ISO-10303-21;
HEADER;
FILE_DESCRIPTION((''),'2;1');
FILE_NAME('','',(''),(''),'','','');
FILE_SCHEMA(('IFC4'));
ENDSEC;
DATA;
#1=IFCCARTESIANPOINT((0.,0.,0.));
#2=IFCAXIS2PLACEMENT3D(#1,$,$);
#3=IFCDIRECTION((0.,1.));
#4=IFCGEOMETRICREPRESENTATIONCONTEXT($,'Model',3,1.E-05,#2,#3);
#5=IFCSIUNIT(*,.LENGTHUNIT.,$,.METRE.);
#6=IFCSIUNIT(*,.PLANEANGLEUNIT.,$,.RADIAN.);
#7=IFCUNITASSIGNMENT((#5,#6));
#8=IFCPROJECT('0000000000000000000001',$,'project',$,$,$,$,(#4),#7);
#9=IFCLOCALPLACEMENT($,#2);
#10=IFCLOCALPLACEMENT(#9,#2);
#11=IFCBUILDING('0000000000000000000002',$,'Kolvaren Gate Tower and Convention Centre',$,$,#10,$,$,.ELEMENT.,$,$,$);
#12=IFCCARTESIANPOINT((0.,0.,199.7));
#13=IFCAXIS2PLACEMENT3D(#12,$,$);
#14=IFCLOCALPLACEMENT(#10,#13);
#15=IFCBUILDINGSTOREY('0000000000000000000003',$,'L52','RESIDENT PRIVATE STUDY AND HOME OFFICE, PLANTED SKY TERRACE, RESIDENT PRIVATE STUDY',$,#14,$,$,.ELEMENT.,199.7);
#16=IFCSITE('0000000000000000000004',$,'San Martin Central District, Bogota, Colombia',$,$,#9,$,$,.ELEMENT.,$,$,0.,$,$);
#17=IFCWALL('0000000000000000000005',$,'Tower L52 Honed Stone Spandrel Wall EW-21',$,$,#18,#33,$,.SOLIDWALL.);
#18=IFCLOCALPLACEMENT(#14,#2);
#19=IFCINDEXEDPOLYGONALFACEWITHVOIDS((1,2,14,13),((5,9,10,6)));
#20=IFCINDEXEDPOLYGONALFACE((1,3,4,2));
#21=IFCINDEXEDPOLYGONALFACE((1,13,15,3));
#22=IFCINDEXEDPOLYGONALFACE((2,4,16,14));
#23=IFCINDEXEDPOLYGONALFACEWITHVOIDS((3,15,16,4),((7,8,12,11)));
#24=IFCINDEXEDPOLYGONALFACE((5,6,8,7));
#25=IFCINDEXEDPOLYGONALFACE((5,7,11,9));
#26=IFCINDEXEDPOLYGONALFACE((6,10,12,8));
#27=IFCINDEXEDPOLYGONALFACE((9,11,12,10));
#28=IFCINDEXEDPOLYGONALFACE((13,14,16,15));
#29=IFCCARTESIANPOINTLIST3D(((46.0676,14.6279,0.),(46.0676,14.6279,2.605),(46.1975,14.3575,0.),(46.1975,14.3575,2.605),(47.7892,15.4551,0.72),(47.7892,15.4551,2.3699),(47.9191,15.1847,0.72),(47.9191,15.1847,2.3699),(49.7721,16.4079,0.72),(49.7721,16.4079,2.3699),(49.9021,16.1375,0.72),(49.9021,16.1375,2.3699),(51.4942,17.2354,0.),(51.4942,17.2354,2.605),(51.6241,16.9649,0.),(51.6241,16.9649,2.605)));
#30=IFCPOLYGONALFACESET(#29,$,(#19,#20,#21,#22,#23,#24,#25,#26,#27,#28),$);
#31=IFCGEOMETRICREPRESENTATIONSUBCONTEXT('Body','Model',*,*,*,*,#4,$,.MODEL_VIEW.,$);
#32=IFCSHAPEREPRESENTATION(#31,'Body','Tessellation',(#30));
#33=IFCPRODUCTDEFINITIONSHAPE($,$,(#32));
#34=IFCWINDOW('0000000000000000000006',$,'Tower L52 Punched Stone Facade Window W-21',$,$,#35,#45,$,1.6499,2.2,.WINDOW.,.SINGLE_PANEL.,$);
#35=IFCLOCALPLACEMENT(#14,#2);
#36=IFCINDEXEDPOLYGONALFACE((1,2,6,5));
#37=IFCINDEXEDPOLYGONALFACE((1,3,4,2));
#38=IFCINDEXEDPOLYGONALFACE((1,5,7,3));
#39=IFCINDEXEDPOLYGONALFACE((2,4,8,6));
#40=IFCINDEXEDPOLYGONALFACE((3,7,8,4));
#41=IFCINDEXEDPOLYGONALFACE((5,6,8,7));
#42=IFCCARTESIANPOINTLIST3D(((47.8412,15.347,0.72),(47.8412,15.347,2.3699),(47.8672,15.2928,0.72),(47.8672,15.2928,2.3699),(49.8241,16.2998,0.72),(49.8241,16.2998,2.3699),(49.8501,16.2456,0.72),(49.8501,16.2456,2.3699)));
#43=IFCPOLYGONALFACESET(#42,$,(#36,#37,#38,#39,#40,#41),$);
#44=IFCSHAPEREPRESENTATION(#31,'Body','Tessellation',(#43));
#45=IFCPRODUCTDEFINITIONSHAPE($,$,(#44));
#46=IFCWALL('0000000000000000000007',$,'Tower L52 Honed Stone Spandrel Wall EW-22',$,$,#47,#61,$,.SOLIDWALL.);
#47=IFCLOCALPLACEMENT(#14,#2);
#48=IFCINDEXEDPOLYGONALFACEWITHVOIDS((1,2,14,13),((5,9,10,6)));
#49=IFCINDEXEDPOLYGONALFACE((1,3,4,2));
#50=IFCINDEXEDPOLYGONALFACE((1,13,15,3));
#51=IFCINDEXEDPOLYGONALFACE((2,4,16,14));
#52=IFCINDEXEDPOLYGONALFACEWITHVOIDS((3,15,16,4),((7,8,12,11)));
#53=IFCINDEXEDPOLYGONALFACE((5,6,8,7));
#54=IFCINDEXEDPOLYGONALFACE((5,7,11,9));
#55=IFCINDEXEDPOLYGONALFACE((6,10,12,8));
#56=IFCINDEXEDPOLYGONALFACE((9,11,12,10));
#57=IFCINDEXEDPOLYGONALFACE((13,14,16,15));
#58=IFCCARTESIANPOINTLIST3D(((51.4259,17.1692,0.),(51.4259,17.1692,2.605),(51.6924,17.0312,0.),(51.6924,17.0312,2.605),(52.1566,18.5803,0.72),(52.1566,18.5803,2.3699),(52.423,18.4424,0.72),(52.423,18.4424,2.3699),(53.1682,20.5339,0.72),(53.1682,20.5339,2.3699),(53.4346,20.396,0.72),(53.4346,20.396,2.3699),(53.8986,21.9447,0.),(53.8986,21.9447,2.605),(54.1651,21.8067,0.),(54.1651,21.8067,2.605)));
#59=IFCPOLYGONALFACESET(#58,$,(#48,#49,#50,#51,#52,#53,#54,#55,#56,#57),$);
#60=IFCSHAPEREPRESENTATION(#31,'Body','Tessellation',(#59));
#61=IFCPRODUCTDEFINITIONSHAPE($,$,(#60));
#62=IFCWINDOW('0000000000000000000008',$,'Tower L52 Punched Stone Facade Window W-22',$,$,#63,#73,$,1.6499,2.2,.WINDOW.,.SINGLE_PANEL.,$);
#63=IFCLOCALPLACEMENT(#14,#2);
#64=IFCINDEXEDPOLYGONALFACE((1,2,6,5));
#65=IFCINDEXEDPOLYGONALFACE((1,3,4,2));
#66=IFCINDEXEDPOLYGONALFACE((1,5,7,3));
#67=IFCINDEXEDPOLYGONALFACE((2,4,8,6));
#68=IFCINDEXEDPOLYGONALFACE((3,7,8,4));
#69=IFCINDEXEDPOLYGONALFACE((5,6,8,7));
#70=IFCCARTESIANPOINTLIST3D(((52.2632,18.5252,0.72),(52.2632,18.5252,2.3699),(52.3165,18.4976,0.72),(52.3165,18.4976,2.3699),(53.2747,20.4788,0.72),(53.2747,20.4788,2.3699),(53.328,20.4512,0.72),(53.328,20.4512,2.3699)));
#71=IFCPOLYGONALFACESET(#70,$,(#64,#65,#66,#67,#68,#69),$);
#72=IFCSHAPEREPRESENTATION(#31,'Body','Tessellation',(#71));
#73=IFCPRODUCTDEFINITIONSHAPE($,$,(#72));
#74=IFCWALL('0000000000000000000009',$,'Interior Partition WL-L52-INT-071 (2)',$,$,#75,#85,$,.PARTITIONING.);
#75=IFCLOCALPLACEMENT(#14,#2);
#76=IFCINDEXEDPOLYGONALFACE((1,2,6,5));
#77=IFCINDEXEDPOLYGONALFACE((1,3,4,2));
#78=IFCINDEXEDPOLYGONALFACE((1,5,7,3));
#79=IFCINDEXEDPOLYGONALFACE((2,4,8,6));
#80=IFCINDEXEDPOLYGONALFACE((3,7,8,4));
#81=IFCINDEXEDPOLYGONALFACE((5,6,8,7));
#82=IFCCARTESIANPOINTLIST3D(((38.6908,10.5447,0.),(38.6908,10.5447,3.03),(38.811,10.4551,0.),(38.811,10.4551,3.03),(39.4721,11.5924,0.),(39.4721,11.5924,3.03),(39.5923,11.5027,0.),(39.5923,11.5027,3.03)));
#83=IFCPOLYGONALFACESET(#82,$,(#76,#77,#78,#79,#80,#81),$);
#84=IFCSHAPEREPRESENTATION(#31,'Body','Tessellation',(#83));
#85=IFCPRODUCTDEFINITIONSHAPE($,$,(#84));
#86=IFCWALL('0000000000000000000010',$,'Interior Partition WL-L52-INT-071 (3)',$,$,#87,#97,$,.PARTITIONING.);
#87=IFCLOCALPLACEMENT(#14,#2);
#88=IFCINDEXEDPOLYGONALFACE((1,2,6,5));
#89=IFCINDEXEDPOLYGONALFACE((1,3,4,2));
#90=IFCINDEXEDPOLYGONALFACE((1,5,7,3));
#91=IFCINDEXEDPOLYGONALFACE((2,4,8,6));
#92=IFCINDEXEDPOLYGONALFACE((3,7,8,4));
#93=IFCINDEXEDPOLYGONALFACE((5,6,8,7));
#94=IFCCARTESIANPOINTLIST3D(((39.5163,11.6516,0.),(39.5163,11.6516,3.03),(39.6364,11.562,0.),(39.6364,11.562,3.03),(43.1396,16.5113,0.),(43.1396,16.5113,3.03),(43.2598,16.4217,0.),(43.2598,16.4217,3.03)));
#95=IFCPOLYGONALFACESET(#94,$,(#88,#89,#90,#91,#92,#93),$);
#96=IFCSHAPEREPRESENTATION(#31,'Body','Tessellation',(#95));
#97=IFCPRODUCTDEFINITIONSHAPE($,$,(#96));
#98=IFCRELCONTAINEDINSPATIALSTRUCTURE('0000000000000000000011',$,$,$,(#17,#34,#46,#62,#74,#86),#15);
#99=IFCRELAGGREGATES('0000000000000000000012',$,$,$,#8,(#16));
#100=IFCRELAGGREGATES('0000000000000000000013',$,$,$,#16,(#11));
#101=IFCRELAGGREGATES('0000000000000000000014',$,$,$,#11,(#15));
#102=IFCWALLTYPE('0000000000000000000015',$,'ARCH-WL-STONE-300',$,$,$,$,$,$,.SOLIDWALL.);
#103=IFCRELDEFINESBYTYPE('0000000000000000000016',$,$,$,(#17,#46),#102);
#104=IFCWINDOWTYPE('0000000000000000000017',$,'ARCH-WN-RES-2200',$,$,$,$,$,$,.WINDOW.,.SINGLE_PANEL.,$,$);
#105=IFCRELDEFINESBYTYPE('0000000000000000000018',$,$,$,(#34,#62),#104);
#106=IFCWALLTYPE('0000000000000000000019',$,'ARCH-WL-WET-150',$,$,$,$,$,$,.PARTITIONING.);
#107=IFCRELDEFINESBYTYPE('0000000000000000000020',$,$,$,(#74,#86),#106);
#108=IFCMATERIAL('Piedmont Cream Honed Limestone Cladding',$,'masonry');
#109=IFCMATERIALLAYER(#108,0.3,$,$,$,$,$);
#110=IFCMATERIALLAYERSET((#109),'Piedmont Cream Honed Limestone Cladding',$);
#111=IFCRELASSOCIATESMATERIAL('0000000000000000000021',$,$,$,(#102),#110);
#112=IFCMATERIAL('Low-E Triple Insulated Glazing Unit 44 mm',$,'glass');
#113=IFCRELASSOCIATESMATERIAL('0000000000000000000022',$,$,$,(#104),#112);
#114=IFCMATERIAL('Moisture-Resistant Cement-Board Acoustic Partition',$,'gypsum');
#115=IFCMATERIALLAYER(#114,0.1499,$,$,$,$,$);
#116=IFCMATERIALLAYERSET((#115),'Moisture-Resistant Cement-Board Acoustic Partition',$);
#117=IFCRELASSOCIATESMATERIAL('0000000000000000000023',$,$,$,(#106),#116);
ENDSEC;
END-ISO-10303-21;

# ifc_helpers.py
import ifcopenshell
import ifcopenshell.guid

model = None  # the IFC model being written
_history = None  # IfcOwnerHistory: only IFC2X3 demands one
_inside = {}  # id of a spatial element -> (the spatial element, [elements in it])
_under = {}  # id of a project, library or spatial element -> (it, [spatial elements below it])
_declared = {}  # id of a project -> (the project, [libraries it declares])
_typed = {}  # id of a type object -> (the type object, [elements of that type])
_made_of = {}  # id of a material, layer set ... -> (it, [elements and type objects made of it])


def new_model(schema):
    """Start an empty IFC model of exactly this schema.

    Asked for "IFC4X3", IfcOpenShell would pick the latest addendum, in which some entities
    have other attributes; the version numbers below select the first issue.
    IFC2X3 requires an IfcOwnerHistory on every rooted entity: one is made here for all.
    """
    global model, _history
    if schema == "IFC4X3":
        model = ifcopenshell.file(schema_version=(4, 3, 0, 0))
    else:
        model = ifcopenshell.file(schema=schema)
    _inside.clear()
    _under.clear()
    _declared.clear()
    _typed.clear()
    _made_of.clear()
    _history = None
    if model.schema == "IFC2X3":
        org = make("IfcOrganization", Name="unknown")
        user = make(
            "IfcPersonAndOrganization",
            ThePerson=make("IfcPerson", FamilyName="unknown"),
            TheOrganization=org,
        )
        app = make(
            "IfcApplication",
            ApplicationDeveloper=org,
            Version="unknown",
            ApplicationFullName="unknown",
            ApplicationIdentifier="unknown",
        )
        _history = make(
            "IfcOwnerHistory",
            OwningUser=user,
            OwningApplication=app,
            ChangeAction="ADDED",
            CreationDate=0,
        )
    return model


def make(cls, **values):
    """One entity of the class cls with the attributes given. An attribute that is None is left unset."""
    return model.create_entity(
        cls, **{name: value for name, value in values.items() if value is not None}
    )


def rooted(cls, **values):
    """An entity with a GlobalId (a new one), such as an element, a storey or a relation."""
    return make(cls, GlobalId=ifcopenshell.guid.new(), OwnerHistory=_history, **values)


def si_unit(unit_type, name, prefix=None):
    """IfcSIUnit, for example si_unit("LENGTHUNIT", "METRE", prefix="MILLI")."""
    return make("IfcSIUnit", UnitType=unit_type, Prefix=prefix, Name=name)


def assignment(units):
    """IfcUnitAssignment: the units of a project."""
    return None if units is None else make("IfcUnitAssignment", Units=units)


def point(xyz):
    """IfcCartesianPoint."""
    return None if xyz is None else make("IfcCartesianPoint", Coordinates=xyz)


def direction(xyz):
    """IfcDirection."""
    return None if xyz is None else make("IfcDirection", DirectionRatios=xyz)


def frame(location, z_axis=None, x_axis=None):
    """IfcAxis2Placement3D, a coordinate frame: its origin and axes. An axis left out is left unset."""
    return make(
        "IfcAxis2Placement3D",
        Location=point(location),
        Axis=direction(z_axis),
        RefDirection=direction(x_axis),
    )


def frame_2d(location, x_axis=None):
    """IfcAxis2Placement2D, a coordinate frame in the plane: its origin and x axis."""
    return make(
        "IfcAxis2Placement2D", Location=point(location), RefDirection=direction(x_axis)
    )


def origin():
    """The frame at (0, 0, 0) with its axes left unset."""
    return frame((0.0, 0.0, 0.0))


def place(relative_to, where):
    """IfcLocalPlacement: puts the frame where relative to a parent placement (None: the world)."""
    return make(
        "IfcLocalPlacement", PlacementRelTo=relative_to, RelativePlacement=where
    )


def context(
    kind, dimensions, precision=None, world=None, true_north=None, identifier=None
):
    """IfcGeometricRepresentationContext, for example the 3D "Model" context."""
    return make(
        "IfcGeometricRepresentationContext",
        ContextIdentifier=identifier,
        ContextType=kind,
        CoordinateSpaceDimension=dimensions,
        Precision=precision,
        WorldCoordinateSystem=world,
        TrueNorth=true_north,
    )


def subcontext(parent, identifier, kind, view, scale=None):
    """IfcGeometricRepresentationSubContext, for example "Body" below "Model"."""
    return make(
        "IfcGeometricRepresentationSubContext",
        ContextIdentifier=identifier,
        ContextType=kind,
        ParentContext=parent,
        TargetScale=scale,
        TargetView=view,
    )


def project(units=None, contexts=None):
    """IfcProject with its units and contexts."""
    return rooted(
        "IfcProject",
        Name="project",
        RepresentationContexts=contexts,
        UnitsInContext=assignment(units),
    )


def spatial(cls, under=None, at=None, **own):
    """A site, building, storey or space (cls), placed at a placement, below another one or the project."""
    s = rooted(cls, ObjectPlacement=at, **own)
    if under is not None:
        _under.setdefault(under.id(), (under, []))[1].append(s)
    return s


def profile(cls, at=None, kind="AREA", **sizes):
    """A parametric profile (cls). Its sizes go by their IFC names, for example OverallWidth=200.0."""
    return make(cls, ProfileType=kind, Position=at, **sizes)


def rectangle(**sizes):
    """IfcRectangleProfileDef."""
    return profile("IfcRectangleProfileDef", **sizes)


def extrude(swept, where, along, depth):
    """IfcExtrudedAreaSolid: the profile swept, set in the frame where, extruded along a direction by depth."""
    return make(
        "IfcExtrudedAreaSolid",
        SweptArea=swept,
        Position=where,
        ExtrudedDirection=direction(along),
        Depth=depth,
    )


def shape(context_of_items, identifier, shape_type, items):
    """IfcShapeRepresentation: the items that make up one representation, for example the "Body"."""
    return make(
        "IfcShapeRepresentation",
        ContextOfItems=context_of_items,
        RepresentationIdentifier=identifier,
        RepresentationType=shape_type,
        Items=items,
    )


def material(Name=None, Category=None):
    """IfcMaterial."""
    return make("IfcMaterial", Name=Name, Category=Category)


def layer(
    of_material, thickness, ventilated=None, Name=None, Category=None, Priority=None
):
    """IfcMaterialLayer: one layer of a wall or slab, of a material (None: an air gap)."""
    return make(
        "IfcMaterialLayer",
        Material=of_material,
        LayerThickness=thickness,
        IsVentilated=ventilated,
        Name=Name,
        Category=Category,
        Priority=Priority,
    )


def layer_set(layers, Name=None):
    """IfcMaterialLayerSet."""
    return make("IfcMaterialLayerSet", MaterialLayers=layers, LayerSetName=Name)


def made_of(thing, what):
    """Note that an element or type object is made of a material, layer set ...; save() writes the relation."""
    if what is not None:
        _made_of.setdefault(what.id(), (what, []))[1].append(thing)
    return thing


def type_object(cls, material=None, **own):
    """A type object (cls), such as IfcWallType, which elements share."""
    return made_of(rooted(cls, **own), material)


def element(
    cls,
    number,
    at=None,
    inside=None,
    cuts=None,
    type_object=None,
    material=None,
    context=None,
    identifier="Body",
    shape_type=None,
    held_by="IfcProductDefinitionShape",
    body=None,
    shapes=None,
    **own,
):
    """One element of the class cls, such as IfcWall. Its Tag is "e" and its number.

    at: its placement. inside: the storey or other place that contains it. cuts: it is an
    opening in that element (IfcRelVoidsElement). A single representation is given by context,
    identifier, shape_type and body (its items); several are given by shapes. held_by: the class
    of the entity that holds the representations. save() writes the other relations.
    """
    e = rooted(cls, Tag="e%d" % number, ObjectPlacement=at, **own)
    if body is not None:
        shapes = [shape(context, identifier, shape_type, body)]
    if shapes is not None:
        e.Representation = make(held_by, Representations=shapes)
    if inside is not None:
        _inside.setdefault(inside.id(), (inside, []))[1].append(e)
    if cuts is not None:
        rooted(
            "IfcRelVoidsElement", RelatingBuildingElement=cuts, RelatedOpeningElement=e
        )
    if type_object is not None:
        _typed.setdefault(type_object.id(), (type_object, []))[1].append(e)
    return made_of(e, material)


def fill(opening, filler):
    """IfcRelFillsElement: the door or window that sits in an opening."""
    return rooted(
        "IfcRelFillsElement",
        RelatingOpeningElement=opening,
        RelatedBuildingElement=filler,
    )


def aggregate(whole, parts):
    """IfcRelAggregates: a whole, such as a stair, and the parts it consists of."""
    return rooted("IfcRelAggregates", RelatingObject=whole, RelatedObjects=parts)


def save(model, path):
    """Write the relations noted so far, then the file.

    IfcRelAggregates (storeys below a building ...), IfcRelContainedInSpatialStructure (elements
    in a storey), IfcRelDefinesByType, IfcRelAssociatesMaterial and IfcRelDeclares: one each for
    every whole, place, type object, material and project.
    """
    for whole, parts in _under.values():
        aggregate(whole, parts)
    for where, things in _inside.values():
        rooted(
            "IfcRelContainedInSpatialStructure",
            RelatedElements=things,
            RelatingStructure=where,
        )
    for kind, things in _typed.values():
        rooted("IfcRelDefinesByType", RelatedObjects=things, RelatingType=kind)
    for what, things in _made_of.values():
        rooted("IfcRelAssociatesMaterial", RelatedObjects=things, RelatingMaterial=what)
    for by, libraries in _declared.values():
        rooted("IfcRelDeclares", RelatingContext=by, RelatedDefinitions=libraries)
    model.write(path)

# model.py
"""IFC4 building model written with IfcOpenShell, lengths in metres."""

from ifc_helpers import new_model, si_unit, direction, frame, frame_2d, origin, place, context, subcontext, project, spatial, rectangle, extrude, material, layer, layer_set, type_object, element, fill, save


model = new_model("IFC4")

# Units and contexts
model_context = context("Model", 3, precision=1e-05, world=origin(), true_north=direction((0.0, 1.0)))
body_context = subcontext(model_context, "Body", "Model", "MODEL_VIEW")
ifc_project = project(units=[si_unit("LENGTHUNIT", "METRE"), si_unit("PLANEANGLEUNIT", "RADIAN")], contexts=[model_context])

# Site, building, storey
site_placement = place(None, origin())
site = spatial("IfcSite", under=ifc_project, at=site_placement, Name="San Martin Central District, Bogota, Colombia", CompositionType="ELEMENT", RefElevation=0.0)
building_placement = place(site_placement, origin())
building = spatial("IfcBuilding", under=site, at=building_placement, Name="Kolvaren Gate Tower and Convention Centre", CompositionType="ELEMENT")
storey_placement = place(building_placement, frame((0.0, 0.0, 199.7)))
storey = spatial("IfcBuildingStorey", under=building, at=storey_placement, Name="L52", Description="RESIDENT PRIVATE STUDY AND HOME OFFICE, PLANTED SKY TERRACE, RESIDENT PRIVATE STUDY", CompositionType="ELEMENT", Elevation=199.7)

# Shared definitions
ifc_material_1 = material(Name="Piedmont Cream Honed Limestone Cladding", Category="masonry")

# Shared definitions
ifc_layer_1 = layer(ifc_material_1, 0.3)
ifc_layer_set_1 = layer_set([ifc_layer_1], Name="Piedmont Cream Honed Limestone Cladding")
wall_type_1 = type_object("IfcWallType", Name="ARCH-WL-STONE-300", PredefinedType="SOLIDWALL", material=ifc_layer_set_1)

# Walls, openings, windows
wall_1_placement = place(storey_placement, frame((46.1326, 14.4927, 0.0), z_axis=(0.0, 0.0, 1.0), x_axis=(0.901348, 0.433095, 0.0)))
wall_1 = element("IfcWall", 1, at=wall_1_placement, inside=storey, type_object=wall_type_1, Name="Tower L52 Honed Stone Spandrel Wall EW-21", PredefinedType="SOLIDWALL", context=body_context, shape_type="SweptSolid", body=[
    extrude(rectangle(XDim=6.0205, YDim=0.3, at=frame_2d((3.0103, 0.0))), origin(), (0.0, 0.0, 1.0), 2.605),
])
opening_1_placement = place(wall_1_placement, frame((1.9099, 0.0, 0.72)))
opening_1 = element("IfcOpeningElement", 2, at=opening_1_placement, cuts=wall_1, PredefinedType="OPENING", context=body_context, shape_type="SweptSolid", body=[
    extrude(rectangle(XDim=2.2, YDim=1.6499, at=frame_2d((1.1001, 0.825))), frame((0.0, 0.1599, 0.0), z_axis=(0.0, -1.0, 0.0), x_axis=(1.0, 0.0, 0.0)), (0.0, 0.0, 1.0), 0.3201),
])
ifc_material_2 = material(Name="Low-E Triple Insulated Glazing Unit 44 mm", Category="glass")
window_type = type_object("IfcWindowType", Name="ARCH-WN-RES-2200", PartitioningType="SINGLE_PANEL", PredefinedType="WINDOW", material=ifc_material_2)
window_1_placement = place(opening_1_placement, origin())
window_1 = element("IfcWindow", 3, at=window_1_placement, inside=storey, type_object=window_type, Name="Tower L52 Punched Stone Facade Window W-21", OverallHeight=1.6499, OverallWidth=2.2, PartitioningType="SINGLE_PANEL", PredefinedType="WINDOW", context=body_context, shape_type="SweptSolid", body=[
    extrude(rectangle(XDim=2.2, YDim=1.6499, at=frame_2d((1.1001, 0.825))), frame((0.0, 0.03, 0.0), z_axis=(0.0, -1.0, 0.0), x_axis=(1.0, 0.0, 0.0)), (0.0, 0.0, 1.0), 0.0601),
])
fill(opening_1, window_1)
wall_2_placement = place(storey_placement, frame((51.5591, 17.1001, 0.0), z_axis=(0.0, 0.0, 1.0), x_axis=(0.459808, 0.888018, 0.0)))
wall_2 = element("IfcWall", 4, at=wall_2_placement, inside=storey, type_object=wall_type_1, Name="Tower L52 Honed Stone Spandrel Wall EW-22", PredefinedType="SOLIDWALL", context=body_context, shape_type="SweptSolid", body=[
    extrude(rectangle(XDim=5.3777, YDim=0.3, at=frame_2d((2.689, 0.0))), origin(), (0.0, 0.0, 1.0), 2.605),
])
opening_2_placement = place(wall_2_placement, frame((1.5891, 0.0, 0.72)))
opening_2 = element("IfcOpeningElement", 5, at=opening_2_placement, cuts=wall_2, PredefinedType="OPENING", context=body_context, shape_type="SweptSolid", body=[
    extrude(rectangle(XDim=2.2, YDim=1.6499, at=frame_2d((1.1001, 0.825))), frame((0.0, 0.1599, 0.0), z_axis=(0.0, -1.0, 0.0), x_axis=(1.0, 0.0, 0.0)), (0.0, 0.0, 1.0), 0.3201),
])
window_2_placement = place(opening_2_placement, origin())
window_2 = element("IfcWindow", 6, at=window_2_placement, inside=storey, type_object=window_type, Name="Tower L52 Punched Stone Facade Window W-22", OverallHeight=1.6499, OverallWidth=2.2, PartitioningType="SINGLE_PANEL", PredefinedType="WINDOW", context=body_context, shape_type="SweptSolid", body=[
    extrude(rectangle(XDim=2.2, YDim=1.6499, at=frame_2d((1.1001, 0.825))), frame((0.0, 0.03, 0.0), z_axis=(0.0, -1.0, 0.0), x_axis=(1.0, 0.0, 0.0)), (0.0, 0.0, 1.0), 0.0601),
])
fill(opening_2, window_2)

# Walls
ifc_material_3 = material(Name="Moisture-Resistant Cement-Board Acoustic Partition", Category="gypsum")
ifc_layer_2 = layer(ifc_material_3, 0.1499)
ifc_layer_set_2 = layer_set([ifc_layer_2], Name="Moisture-Resistant Cement-Board Acoustic Partition")
wall_type_2 = type_object("IfcWallType", Name="ARCH-WL-WET-150", PredefinedType="PARTITIONING", material=ifc_layer_set_2)
wall_3_placement = place(storey_placement, frame((38.751, 10.5, 0.0), z_axis=(0.0, 0.0, 1.0), x_axis=(0.597816, 0.801634, 0.0)))
element("IfcWall", 7, at=wall_3_placement, inside=storey, type_object=wall_type_2, Name="Interior Partition WL-L52-INT-071 (2)", PredefinedType="PARTITIONING", context=body_context, shape_type="SweptSolid", body=[
    extrude(rectangle(XDim=1.3069, YDim=0.1499, at=frame_2d((0.6533, 0.0))), origin(), (0.0, 0.0, 1.0), 3.03),
])
wall_4_placement = place(storey_placement, frame((39.5764, 11.6069, 0.0), z_axis=(0.0, 0.0, 1.0), x_axis=(0.597736, 0.801693, 0.0)))
element("IfcWall", 8, at=wall_4_placement, inside=storey, type_object=wall_type_2, Name="Interior Partition WL-L52-INT-071 (3)", PredefinedType="PARTITIONING", context=body_context, shape_type="SweptSolid", body=[
    extrude(rectangle(XDim=6.0618, YDim=0.1499, at=frame_2d((3.0308, 0.0))), origin(), (0.0, 0.0, 1.0), 3.03),
])

save(model, "model.ifc")
